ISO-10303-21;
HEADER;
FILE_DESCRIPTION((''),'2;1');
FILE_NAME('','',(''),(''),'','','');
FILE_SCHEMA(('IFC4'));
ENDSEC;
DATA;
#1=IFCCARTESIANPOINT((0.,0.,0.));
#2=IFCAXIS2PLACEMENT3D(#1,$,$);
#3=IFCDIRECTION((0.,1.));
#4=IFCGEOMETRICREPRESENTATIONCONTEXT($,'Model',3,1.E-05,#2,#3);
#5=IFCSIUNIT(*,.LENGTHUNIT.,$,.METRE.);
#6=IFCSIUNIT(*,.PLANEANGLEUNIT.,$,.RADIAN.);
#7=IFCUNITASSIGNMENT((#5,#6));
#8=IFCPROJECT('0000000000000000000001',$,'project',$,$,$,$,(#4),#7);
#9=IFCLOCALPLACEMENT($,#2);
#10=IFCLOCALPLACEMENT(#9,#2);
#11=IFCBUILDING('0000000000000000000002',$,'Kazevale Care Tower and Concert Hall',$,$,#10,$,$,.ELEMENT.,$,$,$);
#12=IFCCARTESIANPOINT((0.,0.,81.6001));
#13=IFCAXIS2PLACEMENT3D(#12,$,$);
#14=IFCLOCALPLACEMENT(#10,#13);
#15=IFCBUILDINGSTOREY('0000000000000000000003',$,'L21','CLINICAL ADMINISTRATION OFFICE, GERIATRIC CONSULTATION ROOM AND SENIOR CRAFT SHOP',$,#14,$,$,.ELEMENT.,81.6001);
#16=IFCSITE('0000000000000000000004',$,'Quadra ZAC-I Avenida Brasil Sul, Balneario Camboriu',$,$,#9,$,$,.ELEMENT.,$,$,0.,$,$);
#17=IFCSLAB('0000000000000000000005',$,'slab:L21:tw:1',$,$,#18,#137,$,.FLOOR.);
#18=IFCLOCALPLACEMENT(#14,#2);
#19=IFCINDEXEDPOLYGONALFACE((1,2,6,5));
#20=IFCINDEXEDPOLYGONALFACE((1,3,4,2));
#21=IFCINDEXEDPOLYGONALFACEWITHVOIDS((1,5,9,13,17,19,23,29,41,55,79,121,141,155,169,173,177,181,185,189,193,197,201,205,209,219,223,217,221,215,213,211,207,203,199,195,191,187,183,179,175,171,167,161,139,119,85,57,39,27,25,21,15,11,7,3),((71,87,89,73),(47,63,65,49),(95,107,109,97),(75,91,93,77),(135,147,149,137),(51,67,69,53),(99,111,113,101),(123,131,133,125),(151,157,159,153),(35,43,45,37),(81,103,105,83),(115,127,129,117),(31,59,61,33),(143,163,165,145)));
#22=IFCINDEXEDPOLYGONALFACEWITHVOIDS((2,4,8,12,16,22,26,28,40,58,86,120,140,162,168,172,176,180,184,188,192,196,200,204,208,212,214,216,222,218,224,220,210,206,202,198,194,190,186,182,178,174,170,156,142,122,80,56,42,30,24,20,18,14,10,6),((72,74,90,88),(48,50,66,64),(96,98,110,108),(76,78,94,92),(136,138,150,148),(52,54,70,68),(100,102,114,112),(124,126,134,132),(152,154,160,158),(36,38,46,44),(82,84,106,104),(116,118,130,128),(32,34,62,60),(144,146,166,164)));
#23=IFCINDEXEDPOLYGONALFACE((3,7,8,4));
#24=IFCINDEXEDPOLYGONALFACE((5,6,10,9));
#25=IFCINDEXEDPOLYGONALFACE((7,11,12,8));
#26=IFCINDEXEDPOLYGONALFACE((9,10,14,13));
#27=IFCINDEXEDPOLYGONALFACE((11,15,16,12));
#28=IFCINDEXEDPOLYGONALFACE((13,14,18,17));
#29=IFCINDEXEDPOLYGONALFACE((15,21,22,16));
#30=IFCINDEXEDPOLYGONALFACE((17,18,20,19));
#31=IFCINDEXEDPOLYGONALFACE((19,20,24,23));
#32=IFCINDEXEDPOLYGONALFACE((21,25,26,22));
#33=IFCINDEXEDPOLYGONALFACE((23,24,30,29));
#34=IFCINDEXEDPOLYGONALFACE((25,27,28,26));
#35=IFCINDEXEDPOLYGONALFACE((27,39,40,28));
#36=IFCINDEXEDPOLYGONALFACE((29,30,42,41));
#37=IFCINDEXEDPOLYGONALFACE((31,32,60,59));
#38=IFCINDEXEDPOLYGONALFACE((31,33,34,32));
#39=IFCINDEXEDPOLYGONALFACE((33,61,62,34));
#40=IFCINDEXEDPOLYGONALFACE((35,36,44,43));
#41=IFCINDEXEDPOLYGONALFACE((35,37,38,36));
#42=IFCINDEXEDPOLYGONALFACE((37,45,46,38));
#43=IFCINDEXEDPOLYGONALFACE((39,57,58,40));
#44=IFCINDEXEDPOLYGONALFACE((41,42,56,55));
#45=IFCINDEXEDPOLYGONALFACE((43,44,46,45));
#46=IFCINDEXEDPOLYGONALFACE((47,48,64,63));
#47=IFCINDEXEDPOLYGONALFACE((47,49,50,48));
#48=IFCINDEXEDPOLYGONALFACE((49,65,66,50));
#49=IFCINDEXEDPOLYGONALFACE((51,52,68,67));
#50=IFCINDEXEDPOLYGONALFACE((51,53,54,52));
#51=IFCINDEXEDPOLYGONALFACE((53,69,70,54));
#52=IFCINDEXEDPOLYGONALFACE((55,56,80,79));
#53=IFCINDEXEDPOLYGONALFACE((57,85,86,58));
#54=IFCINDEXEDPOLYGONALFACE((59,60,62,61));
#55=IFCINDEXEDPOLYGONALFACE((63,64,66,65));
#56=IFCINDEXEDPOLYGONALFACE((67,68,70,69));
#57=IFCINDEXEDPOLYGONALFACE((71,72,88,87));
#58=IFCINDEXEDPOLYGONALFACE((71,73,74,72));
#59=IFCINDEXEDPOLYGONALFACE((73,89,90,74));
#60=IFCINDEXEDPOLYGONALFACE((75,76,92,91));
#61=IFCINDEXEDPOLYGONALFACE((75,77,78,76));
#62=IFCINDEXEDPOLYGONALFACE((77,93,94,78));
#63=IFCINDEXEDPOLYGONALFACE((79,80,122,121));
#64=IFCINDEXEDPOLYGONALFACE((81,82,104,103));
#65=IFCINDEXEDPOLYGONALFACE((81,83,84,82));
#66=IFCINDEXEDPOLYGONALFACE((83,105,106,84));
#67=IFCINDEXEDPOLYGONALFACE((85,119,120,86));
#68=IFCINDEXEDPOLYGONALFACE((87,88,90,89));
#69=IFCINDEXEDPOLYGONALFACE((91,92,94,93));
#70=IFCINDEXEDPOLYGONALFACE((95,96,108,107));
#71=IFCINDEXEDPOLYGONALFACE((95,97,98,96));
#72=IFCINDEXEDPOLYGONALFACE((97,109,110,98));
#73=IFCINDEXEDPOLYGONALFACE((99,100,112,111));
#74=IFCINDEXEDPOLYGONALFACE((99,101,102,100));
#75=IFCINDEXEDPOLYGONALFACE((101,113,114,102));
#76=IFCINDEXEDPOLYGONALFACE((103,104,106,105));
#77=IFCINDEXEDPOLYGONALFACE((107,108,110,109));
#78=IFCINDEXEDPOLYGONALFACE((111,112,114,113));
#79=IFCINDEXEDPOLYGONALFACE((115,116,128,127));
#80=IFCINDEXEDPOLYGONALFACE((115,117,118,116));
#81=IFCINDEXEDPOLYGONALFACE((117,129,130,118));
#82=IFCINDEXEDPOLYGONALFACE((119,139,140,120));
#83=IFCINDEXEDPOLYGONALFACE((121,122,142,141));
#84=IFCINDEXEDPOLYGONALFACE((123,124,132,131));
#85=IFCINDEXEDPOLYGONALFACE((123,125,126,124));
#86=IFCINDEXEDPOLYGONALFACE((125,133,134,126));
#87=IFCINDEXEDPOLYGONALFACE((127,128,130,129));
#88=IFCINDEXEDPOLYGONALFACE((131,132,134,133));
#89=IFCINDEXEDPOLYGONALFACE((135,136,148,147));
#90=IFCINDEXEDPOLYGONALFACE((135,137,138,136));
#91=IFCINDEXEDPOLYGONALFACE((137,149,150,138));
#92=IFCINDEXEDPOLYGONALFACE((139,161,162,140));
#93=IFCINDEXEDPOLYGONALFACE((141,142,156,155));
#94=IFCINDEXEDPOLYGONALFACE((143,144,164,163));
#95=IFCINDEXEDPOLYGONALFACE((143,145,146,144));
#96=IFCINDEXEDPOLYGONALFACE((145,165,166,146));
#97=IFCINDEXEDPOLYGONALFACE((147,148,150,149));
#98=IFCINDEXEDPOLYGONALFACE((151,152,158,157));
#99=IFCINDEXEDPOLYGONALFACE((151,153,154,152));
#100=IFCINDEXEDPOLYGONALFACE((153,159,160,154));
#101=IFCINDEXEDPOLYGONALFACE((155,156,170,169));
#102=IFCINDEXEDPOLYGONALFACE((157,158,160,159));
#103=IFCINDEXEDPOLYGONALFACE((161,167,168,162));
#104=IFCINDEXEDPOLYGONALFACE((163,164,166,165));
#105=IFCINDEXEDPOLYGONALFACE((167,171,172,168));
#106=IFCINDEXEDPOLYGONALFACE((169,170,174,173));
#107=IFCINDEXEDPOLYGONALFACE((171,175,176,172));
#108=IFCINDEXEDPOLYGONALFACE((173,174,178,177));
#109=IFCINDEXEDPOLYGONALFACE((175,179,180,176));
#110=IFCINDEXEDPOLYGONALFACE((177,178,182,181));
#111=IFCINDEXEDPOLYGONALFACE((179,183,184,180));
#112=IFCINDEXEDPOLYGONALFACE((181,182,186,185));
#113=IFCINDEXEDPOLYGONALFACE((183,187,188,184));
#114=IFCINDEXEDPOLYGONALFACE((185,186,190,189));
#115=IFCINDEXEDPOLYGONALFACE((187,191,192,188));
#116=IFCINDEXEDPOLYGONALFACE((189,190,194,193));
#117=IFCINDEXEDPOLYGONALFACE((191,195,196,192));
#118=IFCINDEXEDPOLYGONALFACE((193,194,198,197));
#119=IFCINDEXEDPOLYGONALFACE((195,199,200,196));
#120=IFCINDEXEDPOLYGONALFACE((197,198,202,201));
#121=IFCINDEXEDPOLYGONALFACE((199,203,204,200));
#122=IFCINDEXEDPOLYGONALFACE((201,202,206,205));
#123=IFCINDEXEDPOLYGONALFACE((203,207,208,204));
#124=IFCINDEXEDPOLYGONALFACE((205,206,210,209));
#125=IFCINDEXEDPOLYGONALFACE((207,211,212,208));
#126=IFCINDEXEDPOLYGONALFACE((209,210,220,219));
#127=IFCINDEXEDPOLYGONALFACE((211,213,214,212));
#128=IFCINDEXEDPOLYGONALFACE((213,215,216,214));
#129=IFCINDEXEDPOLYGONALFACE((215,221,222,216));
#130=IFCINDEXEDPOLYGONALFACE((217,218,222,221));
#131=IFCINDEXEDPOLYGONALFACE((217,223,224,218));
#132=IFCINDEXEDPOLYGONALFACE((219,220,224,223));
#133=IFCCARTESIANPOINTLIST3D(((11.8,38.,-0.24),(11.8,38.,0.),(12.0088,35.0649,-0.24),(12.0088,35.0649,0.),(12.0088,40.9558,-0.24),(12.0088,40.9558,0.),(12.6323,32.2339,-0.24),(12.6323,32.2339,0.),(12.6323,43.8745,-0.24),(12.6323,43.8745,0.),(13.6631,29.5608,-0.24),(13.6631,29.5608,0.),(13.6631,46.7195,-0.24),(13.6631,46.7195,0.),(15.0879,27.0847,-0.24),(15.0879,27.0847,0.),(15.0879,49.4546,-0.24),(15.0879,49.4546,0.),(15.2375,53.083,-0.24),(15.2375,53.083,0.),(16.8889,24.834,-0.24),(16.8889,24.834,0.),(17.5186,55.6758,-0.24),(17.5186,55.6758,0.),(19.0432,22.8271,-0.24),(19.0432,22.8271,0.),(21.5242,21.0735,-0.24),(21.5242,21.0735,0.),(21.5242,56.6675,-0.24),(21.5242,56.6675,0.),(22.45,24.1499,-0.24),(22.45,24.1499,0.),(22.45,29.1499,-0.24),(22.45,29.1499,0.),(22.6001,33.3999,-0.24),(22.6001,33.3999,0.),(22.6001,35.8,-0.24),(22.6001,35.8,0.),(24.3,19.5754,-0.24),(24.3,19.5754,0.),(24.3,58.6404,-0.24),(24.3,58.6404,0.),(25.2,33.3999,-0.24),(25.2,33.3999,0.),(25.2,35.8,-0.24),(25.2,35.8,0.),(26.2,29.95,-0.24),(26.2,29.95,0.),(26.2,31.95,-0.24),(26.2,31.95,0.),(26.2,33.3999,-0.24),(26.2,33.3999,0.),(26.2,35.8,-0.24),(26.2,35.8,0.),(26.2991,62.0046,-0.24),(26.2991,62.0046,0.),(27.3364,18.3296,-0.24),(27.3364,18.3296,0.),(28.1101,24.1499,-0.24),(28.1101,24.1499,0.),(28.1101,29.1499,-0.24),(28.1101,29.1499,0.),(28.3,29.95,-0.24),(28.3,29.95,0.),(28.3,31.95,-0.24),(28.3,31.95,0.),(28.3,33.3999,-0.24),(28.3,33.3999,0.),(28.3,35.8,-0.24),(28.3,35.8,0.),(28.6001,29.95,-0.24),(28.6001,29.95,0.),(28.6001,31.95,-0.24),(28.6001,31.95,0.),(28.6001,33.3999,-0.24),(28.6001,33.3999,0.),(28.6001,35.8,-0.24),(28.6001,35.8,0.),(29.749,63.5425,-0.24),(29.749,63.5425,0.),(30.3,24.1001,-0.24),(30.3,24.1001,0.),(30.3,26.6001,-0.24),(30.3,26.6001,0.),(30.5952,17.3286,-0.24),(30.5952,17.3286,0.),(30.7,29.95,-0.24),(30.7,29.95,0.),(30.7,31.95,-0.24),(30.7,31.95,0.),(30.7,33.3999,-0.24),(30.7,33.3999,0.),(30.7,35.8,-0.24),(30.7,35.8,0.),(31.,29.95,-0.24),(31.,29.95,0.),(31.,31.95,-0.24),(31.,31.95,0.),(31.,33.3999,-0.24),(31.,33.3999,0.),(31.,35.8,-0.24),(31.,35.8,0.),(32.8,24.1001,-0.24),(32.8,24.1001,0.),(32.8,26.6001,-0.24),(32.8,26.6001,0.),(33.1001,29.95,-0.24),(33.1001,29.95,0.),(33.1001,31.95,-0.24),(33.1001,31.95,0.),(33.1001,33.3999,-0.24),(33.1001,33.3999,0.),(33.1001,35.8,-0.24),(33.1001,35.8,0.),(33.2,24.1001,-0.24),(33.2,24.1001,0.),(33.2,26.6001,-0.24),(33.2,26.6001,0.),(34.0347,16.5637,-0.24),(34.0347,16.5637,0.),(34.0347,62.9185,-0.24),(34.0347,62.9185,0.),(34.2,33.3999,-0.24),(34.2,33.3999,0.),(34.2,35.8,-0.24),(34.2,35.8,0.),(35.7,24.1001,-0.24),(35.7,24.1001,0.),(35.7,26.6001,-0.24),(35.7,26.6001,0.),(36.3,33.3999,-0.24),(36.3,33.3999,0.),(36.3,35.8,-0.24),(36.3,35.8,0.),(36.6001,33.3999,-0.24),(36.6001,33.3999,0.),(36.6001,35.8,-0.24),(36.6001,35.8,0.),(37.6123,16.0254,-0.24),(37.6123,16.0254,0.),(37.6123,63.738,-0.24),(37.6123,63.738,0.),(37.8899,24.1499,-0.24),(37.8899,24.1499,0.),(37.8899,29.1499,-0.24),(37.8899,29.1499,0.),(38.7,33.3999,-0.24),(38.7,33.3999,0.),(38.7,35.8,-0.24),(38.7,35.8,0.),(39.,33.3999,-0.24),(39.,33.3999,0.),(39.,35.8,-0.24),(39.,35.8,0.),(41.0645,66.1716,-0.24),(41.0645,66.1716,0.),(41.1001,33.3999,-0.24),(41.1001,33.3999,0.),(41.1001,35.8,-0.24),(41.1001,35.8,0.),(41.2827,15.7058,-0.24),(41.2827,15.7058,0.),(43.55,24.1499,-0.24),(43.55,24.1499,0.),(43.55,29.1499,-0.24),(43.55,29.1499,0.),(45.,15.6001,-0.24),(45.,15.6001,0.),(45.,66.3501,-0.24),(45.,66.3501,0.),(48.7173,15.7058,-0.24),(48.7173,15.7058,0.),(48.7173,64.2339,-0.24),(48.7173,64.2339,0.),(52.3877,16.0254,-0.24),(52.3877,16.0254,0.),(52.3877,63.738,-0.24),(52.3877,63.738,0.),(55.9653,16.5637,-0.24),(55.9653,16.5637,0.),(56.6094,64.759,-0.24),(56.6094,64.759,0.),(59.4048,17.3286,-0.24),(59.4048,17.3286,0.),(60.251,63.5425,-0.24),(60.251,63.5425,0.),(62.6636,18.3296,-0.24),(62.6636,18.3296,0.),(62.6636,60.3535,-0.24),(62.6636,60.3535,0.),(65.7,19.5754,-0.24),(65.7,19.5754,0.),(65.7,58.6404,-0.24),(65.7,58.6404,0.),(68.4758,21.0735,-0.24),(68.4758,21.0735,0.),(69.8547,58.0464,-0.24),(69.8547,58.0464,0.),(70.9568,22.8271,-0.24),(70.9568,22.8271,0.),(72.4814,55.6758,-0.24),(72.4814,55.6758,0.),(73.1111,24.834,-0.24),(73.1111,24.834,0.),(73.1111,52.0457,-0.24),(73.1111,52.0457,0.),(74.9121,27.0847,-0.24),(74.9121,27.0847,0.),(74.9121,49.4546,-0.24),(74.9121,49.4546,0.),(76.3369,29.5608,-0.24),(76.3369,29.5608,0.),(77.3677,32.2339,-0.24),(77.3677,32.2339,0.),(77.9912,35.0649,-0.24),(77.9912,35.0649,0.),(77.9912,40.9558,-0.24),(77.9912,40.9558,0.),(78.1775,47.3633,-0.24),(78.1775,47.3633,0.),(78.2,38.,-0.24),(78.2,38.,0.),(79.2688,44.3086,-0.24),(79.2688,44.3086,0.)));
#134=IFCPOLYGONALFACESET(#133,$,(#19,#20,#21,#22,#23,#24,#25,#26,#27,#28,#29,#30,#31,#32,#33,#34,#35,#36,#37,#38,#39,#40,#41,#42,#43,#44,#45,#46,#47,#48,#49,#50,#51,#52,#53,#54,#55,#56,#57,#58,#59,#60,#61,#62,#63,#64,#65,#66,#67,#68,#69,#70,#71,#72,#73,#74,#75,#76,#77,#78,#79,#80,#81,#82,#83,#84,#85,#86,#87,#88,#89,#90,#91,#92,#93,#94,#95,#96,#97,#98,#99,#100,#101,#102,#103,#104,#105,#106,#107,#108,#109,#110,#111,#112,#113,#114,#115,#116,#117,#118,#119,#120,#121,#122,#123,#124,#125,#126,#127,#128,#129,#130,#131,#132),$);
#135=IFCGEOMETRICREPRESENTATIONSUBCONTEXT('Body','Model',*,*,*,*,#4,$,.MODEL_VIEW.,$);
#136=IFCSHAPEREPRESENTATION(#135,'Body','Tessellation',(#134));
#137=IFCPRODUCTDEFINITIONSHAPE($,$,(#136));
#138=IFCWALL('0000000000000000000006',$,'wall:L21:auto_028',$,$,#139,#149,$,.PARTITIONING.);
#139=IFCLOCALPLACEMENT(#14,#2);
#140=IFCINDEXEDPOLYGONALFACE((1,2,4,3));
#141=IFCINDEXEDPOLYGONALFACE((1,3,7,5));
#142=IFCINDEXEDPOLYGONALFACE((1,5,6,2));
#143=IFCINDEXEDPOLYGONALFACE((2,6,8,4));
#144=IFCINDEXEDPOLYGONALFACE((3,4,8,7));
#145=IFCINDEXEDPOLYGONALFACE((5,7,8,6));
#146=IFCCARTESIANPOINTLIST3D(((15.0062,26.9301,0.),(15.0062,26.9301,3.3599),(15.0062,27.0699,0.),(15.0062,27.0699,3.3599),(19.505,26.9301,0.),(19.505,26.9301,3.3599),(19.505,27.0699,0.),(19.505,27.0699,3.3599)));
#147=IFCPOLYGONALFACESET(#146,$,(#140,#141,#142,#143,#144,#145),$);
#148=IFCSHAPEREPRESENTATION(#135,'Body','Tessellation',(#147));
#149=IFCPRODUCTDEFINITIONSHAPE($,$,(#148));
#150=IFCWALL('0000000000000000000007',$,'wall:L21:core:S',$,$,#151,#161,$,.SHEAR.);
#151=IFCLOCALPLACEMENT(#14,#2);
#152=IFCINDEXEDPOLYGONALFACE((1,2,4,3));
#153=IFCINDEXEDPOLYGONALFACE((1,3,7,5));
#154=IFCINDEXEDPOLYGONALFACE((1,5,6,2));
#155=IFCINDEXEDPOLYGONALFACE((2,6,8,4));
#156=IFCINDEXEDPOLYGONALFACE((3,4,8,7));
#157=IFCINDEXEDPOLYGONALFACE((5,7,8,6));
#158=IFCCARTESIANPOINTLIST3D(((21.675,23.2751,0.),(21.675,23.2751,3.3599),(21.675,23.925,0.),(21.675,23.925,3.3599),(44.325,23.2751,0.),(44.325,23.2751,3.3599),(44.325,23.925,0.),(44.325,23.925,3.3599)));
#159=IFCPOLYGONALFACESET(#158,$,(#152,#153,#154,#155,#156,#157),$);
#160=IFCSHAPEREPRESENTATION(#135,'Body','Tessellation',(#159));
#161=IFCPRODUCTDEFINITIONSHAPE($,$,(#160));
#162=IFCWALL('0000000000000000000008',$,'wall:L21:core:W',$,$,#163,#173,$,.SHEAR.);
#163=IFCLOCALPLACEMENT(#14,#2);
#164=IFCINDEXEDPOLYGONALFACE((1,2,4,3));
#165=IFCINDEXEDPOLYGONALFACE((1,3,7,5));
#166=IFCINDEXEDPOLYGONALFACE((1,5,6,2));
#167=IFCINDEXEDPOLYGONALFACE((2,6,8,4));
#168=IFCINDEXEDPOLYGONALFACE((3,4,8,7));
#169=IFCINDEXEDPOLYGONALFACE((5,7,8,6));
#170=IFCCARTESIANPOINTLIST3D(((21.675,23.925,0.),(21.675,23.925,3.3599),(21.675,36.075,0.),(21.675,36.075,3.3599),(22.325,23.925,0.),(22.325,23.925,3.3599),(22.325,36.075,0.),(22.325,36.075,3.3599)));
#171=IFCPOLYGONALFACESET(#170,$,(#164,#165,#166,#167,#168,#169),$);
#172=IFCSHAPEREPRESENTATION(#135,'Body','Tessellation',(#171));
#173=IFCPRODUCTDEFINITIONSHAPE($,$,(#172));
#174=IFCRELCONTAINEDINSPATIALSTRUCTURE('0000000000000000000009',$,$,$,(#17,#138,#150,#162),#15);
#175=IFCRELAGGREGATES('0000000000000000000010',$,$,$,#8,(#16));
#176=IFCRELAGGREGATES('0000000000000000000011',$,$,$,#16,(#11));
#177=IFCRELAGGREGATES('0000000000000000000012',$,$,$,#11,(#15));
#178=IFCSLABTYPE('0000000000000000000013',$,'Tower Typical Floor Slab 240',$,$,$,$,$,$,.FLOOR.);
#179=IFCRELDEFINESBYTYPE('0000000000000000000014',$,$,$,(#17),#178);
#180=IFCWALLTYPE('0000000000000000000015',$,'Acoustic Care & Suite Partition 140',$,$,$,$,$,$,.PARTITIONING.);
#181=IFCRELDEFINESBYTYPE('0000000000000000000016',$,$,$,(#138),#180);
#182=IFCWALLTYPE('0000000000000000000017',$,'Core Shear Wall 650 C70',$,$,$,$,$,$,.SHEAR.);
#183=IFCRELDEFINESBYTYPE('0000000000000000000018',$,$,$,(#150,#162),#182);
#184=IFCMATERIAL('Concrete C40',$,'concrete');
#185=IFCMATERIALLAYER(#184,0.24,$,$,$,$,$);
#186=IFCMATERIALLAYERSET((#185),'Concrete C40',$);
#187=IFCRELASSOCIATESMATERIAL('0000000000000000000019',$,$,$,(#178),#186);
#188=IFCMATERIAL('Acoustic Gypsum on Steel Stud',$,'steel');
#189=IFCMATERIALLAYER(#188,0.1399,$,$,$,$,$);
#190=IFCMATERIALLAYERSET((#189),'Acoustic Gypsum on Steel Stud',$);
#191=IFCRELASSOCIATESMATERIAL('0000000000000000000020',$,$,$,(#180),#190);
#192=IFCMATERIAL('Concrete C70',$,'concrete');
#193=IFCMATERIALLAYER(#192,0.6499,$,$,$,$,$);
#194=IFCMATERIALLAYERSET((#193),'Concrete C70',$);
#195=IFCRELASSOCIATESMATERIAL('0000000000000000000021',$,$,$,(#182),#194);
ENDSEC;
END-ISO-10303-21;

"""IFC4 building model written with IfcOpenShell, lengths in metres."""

from ifc_helpers import new_model, si_unit, direction, frame, frame_2d, origin, place, context, subcontext, project, spatial, polyline, rectangle, outline, extrude, material, layer, layer_set, type_object, element, save


model = new_model("IFC4")

# Units and contexts
model_context = context("Model", 3, precision=1e-05, world=origin(), true_north=direction((0.0, 1.0)))
body_context = subcontext(model_context, "Body", "Model", "MODEL_VIEW")
ifc_project = project(units=[si_unit("LENGTHUNIT", "METRE"), si_unit("PLANEANGLEUNIT", "RADIAN")], contexts=[model_context])

# Site, building, storey
site_placement = place(None, origin())
site = spatial("IfcSite", under=ifc_project, at=site_placement, Name="Quadra ZAC-I Avenida Brasil Sul, Balneario Camboriu", CompositionType="ELEMENT", RefElevation=0.0)
building_placement = place(site_placement, origin())
building = spatial("IfcBuilding", under=site, at=building_placement, Name="Kazevale Care Tower and Concert Hall", CompositionType="ELEMENT")
storey_placement = place(building_placement, frame((0.0, 0.0, 81.6001)))
storey = spatial("IfcBuildingStorey", under=building, at=storey_placement, Name="L21", Description="CLINICAL ADMINISTRATION OFFICE, GERIATRIC CONSULTATION ROOM AND SENIOR CRAFT SHOP", CompositionType="ELEMENT", Elevation=81.6001)

# Shared definitions
ifc_material_1 = material(Name="Concrete C70", Category="concrete")

# Shared definitions
ifc_material_2 = material(Name="Concrete C40", Category="concrete")

# Slab
ifc_layer_1 = layer(ifc_material_2, 0.24)
ifc_layer_set_1 = layer_set([ifc_layer_1], Name="Concrete C40")
slab_type_1 = type_object("IfcSlabType", Name="Tower Typical Floor Slab 240", PredefinedType="FLOOR", material=ifc_layer_set_1)
slab_1_placement = place(storey_placement, frame((0.0, 0.0, -0.24)))
element("IfcSlab", 1, at=slab_1_placement, inside=storey, type_object=slab_type_1, Name="slab:L21:tw:1", PredefinedType="FLOOR", context=body_context, shape_type="SweptSolid", body=[
    extrude(outline(polyline([(78.2, 38.0), (77.9912, 40.9558), (79.2688, 44.3086), (78.1775, 47.3633), (74.9121, 49.4546), (73.1111, 52.0457), (72.4814, 55.6758), (69.8547, 58.0464), (65.7, 58.6404), (62.6636, 60.3535), (60.251, 63.5425), (56.6094, 64.759), (52.3877, 63.738), (48.7173, 64.2339), (45.0, 66.3501), (41.0645, 66.1716), (37.6123, 63.738), (34.0347, 62.9185), (29.749, 63.5425), (26.2991, 62.0046), (24.3, 58.6404), (21.5242, 56.6675), (17.5186, 55.6758), (15.2375, 53.083), (15.0879, 49.4546), (13.6631, 46.7195), (12.6323, 43.8745), (12.0088, 40.9558), (11.8, 38.0), (12.0088, 35.0649), (12.6323, 32.2339), (13.6631, 29.5608), (15.0879, 27.0847), (16.8889, 24.834), (19.0432, 22.8271), (21.5242, 21.0735), (24.3, 19.5754), (27.3364, 18.3296), (30.5952, 17.3286), (34.0347, 16.5637), (37.6123, 16.0254), (41.2827, 15.7058), (45.0, 15.6001), (48.7173, 15.7058), (52.3877, 16.0254), (55.9653, 16.5637), (59.4048, 17.3286), (62.6636, 18.3296), (65.7, 19.5754), (68.4758, 21.0735), (70.9568, 22.8271), (73.1111, 24.834), (74.9121, 27.0847), (76.3369, 29.5608), (77.3677, 32.2339), (77.9912, 35.0649), (78.2, 38.0)]), holes=[polyline([(22.45, 24.1499), (28.1101, 24.1499), (28.1101, 29.1499), (22.45, 29.1499), (22.45, 24.1499)]), polyline([(37.8899, 24.1499), (43.55, 24.1499), (43.55, 29.1499), (37.8899, 29.1499), (37.8899, 24.1499)]), polyline([(30.3, 24.1001), (32.8, 24.1001), (32.8, 26.6001), (30.3, 26.6001), (30.3, 24.1001)]), polyline([(33.2, 24.1001), (35.7, 24.1001), (35.7, 26.6001), (33.2, 26.6001), (33.2, 24.1001)]), polyline([(22.6001, 33.3999), (25.2, 33.3999), (25.2, 35.8), (22.6001, 35.8), (22.6001, 33.3999)]), polyline([(26.2, 33.3999), (28.3, 33.3999), (28.3, 35.8), (26.2, 35.8), (26.2, 33.3999)]), polyline([(28.6001, 33.3999), (30.7, 33.3999), (30.7, 35.8), (28.6001, 35.8), (28.6001, 33.3999)]), polyline([(31.0, 33.3999), (33.1001, 33.3999), (33.1001, 35.8), (31.0, 35.8), (31.0, 33.3999)]), polyline([(34.2, 33.3999), (36.3, 33.3999), (36.3, 35.8), (34.2, 35.8), (34.2, 33.3999)]), polyline([(36.6001, 33.3999), (38.7, 33.3999), (38.7, 35.8), (36.6001, 35.8), (36.6001, 33.3999)]), polyline([(39.0, 33.3999), (41.1001, 33.3999), (41.1001, 35.8), (39.0, 35.8), (39.0, 33.3999)]), polyline([(26.2, 29.95), (28.3, 29.95), (28.3, 31.95), (26.2, 31.95), (26.2, 29.95)]), polyline([(28.6001, 29.95), (30.7, 29.95), (30.7, 31.95), (28.6001, 31.95), (28.6001, 29.95)]), polyline([(31.0, 29.95), (33.1001, 29.95), (33.1001, 31.95), (31.0, 31.95), (31.0, 29.95)])]), origin(), (0.0, 0.0, 1.0), 0.24),
])

# Walls
ifc_material_3 = material(Name="Acoustic Gypsum on Steel Stud", Category="steel")
ifc_layer_2 = layer(ifc_material_3, 0.1399)
ifc_layer_set_2 = layer_set([ifc_layer_2], Name="Acoustic Gypsum on Steel Stud")
wall_type_1 = type_object("IfcWallType", Name="Acoustic Care & Suite Partition 140", PredefinedType="PARTITIONING", material=ifc_layer_set_2)
wall_1_placement = place(storey_placement, frame((15.0061, 27.0, 0.0), z_axis=(0.0, 0.0, 1.0), x_axis=(1.0, 0.0, 0.0)))
element("IfcWall", 2, at=wall_1_placement, inside=storey, type_object=wall_type_1, Name="wall:L21:auto_028", PredefinedType="PARTITIONING", context=body_context, shape_type="SweptSolid", body=[
    extrude(rectangle(XDim=4.4988, YDim=0.1399, at=frame_2d((2.2495, 0.0))), origin(), (0.0, 0.0, 1.0), 3.3599),
])
ifc_layer_3 = layer(ifc_material_1, 0.6499)
ifc_layer_set_3 = layer_set([ifc_layer_3], Name="Concrete C70")
wall_type_2 = type_object("IfcWallType", Name="Core Shear Wall 650 C70", PredefinedType="SHEAR", material=ifc_layer_set_3)
wall_2_placement = place(storey_placement, frame((21.675, 23.6001, 0.0), z_axis=(0.0, 0.0, 1.0), x_axis=(1.0, 0.0, 0.0)))
element("IfcWall", 3, at=wall_2_placement, inside=storey, type_object=wall_type_2, Name="wall:L21:core:S", PredefinedType="SHEAR", context=body_context, shape_type="SweptSolid", body=[
    extrude(rectangle(XDim=22.6499, YDim=0.6499, at=frame_2d((11.325, 0.0))), origin(), (0.0, 0.0, 1.0), 3.3599),
])
wall_3_placement = place(storey_placement, frame((22.0, 23.925, 0.0), z_axis=(0.0, 0.0, 1.0), x_axis=(0.0, 1.0, 0.0)))
element("IfcWall", 4, at=wall_3_placement, inside=storey, type_object=wall_type_2, Name="wall:L21:core:W", PredefinedType="SHEAR", context=body_context, shape_type="SweptSolid", body=[
    extrude(rectangle(XDim=12.1499, YDim=0.6499, at=frame_2d((6.075, 0.0))), origin(), (0.0, 0.0, 1.0), 3.3599),
])

save(model, "model.ifc")
